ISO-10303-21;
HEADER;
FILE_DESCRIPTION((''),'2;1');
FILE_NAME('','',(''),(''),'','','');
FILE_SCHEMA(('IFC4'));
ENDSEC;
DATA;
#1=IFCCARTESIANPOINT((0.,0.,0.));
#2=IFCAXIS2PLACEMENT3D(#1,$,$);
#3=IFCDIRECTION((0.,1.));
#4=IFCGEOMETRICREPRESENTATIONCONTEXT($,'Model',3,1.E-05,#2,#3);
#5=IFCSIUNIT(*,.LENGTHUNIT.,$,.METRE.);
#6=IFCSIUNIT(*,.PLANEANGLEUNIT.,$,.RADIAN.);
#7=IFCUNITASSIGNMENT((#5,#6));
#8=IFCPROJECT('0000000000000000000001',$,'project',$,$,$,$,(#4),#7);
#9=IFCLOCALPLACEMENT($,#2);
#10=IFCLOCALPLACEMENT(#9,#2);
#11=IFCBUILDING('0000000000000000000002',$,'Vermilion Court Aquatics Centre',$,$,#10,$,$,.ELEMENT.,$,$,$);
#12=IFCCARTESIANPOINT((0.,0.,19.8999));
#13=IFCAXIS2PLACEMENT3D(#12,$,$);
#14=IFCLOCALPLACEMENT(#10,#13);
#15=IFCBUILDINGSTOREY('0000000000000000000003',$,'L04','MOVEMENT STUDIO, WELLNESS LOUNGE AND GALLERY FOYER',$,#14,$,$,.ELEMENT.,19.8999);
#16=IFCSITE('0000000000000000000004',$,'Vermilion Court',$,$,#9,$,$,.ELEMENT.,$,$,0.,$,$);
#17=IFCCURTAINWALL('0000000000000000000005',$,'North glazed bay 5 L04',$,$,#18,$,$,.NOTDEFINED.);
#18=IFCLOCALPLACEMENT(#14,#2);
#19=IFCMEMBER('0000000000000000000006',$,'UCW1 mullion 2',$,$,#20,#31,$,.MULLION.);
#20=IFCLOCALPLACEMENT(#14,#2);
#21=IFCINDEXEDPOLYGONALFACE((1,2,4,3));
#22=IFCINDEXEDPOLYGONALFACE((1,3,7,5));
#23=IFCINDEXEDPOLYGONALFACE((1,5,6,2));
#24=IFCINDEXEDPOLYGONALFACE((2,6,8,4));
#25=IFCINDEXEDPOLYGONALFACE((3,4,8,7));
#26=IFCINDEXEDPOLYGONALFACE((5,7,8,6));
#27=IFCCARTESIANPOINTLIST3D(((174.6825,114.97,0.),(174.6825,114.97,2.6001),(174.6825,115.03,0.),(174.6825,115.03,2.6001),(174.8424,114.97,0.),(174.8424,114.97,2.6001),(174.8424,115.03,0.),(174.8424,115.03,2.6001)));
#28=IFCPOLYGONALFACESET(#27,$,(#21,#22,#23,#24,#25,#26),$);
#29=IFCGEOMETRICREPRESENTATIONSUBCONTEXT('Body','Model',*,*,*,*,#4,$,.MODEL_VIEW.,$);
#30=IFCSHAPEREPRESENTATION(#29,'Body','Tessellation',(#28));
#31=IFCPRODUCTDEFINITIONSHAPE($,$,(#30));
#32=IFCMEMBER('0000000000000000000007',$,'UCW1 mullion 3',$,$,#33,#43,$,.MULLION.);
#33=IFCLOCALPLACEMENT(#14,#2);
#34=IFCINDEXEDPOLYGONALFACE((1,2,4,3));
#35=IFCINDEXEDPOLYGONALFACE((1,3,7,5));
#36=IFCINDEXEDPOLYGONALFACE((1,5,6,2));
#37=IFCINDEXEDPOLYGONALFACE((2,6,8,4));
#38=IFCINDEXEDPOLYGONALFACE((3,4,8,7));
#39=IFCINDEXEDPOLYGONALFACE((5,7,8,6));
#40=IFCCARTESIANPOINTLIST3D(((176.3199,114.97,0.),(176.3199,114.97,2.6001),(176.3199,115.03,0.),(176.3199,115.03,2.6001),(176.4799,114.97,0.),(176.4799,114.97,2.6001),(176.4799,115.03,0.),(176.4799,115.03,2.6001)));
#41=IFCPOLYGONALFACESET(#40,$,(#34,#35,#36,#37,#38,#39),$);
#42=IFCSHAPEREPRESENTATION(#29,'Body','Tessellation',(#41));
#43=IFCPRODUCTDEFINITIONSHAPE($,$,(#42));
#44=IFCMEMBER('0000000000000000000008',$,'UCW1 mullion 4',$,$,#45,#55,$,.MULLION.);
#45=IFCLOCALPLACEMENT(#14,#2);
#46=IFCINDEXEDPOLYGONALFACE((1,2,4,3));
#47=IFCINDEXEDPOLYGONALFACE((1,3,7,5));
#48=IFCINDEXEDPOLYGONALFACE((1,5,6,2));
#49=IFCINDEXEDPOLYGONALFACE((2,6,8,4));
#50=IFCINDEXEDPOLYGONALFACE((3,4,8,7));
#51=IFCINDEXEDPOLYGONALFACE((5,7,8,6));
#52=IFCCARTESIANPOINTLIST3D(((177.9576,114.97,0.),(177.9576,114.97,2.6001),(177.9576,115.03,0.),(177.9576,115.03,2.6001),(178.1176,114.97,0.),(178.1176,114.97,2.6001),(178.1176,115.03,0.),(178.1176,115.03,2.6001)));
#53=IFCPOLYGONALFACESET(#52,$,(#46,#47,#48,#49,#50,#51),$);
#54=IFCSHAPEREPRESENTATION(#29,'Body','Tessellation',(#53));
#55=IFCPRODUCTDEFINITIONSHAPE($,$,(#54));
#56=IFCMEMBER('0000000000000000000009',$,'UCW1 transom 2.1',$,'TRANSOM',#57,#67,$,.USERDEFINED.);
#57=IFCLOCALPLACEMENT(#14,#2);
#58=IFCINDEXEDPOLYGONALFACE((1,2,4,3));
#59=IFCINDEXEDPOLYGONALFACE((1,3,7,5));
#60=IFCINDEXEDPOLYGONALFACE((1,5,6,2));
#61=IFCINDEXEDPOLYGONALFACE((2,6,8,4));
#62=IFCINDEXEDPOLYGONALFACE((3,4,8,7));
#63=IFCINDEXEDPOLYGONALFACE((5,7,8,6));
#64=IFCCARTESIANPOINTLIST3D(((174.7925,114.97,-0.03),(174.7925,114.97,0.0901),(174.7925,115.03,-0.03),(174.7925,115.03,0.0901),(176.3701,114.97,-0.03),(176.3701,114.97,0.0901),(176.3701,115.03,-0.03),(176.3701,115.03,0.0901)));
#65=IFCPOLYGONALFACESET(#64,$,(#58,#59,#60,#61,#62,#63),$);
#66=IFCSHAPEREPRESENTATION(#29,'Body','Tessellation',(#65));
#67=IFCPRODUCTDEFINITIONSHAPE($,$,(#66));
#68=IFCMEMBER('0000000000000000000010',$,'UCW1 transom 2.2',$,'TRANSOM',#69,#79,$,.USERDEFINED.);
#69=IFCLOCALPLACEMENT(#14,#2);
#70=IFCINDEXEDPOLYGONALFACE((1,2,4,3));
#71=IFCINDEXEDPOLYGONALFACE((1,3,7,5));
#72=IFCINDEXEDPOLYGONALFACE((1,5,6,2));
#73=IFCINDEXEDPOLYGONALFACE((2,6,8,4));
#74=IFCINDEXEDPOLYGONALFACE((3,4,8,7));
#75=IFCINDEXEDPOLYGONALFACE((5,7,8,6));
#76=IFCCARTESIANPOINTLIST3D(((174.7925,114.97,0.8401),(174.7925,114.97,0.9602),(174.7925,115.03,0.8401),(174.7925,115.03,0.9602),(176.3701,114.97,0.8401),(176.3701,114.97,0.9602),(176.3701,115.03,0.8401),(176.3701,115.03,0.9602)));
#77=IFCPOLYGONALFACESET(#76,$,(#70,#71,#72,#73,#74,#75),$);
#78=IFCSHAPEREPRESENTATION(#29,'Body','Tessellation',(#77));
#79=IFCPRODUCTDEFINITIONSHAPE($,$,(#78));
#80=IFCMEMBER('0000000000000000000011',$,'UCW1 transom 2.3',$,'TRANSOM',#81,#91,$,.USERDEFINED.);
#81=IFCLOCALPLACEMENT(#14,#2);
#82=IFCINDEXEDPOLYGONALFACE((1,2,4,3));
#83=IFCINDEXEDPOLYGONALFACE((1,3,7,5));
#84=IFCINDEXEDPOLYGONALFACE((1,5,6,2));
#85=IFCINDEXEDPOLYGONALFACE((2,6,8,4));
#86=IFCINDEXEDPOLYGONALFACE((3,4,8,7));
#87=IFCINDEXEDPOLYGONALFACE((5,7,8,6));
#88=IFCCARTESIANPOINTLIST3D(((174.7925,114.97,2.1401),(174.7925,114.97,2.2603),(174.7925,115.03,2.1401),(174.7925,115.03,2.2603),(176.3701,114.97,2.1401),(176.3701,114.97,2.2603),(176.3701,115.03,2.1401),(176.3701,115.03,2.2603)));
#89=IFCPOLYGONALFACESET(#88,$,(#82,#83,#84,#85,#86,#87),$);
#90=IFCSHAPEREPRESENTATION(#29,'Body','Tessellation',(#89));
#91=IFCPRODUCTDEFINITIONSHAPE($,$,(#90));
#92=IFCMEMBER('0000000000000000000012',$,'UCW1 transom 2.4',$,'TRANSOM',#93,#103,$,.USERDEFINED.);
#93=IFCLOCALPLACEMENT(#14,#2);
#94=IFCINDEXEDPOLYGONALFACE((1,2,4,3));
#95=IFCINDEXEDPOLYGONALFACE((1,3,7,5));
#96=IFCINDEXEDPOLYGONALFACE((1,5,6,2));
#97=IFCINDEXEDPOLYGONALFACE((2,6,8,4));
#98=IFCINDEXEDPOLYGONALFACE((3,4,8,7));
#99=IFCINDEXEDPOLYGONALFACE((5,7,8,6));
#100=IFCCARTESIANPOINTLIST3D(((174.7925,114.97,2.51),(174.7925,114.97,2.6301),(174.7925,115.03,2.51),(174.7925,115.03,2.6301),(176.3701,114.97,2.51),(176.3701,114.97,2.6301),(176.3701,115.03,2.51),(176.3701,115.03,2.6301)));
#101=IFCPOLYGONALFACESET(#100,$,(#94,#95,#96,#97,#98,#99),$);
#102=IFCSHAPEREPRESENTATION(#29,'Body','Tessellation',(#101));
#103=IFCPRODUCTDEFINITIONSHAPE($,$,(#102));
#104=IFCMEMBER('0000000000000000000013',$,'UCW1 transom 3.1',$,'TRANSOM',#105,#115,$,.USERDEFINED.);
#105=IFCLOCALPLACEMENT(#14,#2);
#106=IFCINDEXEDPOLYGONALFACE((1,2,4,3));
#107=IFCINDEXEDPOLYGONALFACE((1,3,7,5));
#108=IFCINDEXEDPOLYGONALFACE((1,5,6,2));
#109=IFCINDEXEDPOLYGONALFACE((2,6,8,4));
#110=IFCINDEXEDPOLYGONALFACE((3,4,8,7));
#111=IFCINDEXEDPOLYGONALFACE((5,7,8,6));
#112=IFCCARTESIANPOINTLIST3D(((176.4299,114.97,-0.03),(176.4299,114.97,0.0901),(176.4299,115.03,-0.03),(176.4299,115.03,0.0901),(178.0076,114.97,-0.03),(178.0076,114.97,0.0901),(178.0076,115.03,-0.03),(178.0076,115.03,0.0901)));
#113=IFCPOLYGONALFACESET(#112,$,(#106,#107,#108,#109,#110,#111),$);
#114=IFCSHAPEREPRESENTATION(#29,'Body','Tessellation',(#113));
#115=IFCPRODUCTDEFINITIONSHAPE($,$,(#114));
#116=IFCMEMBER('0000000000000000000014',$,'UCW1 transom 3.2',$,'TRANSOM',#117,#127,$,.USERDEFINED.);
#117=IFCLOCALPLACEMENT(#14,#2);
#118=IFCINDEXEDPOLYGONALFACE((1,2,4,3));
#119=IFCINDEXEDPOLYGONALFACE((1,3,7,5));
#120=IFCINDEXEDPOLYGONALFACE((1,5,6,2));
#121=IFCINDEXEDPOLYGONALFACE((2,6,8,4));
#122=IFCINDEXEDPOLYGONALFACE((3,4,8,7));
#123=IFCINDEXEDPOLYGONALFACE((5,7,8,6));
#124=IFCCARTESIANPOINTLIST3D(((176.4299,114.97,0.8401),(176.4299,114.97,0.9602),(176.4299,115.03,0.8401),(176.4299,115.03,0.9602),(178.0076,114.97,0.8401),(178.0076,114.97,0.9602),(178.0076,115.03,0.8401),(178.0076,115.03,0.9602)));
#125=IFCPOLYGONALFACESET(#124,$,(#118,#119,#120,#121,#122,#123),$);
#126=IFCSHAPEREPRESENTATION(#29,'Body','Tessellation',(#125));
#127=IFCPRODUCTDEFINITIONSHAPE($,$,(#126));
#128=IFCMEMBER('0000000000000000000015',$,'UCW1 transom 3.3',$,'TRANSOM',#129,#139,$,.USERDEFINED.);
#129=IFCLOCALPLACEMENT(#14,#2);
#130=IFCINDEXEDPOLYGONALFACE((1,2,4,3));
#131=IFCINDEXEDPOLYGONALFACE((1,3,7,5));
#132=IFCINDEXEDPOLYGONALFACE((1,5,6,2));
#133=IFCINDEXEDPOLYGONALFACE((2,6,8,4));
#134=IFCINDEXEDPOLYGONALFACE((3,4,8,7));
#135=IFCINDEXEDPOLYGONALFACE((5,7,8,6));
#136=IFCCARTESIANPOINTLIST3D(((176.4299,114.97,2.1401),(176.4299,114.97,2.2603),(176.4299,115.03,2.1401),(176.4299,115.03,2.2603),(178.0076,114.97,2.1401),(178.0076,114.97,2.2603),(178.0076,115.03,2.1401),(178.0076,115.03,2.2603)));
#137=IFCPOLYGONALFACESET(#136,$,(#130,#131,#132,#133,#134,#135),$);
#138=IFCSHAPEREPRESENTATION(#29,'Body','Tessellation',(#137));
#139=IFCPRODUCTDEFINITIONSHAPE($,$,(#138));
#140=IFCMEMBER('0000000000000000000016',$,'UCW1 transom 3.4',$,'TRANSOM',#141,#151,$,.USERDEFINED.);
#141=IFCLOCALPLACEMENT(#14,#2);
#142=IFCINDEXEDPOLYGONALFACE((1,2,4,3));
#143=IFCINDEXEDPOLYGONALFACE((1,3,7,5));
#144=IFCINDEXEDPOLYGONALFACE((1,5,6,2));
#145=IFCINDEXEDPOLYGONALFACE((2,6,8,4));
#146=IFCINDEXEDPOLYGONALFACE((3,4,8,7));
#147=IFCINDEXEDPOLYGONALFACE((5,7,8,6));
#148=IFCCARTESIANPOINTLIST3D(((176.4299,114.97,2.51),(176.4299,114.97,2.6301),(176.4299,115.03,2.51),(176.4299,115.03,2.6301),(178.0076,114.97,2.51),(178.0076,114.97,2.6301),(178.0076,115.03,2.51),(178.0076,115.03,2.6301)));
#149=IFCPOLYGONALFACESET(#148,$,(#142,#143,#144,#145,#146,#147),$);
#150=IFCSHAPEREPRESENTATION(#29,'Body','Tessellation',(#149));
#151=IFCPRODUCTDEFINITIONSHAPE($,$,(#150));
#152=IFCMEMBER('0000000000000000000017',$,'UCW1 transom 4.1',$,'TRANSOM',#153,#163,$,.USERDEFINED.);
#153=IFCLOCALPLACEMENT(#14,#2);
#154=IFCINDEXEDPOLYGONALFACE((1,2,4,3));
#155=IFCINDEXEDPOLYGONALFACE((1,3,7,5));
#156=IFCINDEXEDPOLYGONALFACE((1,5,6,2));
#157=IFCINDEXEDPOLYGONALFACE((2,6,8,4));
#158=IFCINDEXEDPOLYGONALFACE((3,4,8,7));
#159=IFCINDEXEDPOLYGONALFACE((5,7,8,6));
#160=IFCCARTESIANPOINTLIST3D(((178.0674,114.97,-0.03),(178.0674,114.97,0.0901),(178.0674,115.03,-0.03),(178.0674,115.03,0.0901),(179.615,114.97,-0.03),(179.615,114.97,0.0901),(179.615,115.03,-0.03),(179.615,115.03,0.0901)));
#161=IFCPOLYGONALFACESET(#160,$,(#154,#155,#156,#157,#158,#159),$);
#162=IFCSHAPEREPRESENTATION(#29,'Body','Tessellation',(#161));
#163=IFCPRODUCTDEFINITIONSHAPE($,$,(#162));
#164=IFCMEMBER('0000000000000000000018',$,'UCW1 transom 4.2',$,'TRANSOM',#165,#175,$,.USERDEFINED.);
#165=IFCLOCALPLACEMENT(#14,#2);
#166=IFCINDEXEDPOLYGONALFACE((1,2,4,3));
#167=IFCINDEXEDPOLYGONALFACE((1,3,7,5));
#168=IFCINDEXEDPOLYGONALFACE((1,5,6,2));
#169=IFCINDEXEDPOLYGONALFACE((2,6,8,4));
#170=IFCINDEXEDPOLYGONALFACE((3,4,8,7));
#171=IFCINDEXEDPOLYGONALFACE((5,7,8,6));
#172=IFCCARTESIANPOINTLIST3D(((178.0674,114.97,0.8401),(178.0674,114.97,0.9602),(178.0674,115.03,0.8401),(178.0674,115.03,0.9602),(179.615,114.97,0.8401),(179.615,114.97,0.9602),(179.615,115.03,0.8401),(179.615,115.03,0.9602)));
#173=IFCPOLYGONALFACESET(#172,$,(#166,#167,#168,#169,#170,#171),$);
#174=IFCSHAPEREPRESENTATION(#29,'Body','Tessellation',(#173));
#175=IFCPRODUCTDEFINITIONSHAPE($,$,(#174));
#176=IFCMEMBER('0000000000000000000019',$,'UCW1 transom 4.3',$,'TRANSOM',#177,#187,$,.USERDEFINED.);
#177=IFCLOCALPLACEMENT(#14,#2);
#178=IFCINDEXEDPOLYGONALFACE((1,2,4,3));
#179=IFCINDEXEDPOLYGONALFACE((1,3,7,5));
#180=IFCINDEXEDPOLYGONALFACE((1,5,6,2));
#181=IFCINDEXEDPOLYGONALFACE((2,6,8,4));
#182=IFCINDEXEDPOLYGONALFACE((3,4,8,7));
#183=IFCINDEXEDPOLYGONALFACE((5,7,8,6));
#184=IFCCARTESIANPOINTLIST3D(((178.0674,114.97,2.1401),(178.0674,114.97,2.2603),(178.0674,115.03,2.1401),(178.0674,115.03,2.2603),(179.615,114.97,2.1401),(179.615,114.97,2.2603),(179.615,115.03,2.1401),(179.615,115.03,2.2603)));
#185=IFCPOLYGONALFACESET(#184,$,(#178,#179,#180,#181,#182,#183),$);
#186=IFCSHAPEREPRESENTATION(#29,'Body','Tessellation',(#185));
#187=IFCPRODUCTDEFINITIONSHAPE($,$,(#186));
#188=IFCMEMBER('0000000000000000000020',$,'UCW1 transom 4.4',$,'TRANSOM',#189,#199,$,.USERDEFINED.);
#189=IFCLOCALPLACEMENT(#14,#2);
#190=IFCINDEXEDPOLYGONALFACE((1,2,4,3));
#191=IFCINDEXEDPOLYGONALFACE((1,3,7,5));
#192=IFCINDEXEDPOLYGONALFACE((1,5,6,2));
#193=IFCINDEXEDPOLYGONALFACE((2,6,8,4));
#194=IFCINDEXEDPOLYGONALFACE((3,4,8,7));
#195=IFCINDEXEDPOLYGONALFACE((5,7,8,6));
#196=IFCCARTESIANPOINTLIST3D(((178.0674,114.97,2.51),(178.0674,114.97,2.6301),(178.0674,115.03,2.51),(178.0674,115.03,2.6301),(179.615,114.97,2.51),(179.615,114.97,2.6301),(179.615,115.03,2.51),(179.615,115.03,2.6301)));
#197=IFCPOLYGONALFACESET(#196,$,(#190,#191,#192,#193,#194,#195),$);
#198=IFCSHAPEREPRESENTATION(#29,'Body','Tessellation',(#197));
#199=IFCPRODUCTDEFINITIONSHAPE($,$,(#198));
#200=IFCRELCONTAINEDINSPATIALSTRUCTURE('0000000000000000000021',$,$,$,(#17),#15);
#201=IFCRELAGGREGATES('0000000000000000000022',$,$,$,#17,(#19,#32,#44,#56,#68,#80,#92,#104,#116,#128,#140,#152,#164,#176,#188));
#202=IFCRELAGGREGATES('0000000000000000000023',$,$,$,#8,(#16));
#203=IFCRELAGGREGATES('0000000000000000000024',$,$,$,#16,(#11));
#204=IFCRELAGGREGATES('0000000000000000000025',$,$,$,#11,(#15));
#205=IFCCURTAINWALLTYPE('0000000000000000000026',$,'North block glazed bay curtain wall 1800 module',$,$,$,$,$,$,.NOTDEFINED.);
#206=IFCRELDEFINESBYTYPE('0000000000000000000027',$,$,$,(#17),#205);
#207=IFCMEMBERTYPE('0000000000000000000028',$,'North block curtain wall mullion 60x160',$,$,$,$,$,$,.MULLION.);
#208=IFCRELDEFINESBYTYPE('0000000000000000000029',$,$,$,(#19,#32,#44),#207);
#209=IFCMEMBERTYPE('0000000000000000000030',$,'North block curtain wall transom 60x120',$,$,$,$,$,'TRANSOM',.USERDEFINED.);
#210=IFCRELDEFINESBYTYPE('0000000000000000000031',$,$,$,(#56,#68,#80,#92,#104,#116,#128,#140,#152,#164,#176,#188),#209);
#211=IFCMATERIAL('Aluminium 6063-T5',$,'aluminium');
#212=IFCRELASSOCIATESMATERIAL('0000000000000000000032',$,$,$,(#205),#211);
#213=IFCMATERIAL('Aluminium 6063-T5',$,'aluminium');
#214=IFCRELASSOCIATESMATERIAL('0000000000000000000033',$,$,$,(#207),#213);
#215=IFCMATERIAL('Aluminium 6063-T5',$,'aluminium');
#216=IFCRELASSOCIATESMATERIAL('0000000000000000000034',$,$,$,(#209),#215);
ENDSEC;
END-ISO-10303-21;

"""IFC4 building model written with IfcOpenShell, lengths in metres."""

from ifc_helpers import new_model, si_unit, direction, frame, origin, origin_2d, place, context, subcontext, project, spatial, rectangle, extrude, material, material_profile, profile_set, type_object, element, aggregate, save


model = new_model("IFC4")

# Units and contexts
model_context = context("Model", 3, precision=1e-05, world=origin(), true_north=direction((0.0, 1.0)))
body_context = subcontext(model_context, "Body", "Model", "MODEL_VIEW")
ifc_project = project(units=[si_unit("LENGTHUNIT", "METRE"), si_unit("PLANEANGLEUNIT", "RADIAN")], contexts=[model_context])

# Site, building, storey
site_placement = place(None, origin())
site = spatial("IfcSite", under=ifc_project, at=site_placement, Name="Vermilion Court", CompositionType="ELEMENT", RefElevation=0.0)
building_placement = place(site_placement, origin())
building = spatial("IfcBuilding", under=site, at=building_placement, Name="Vermilion Court Aquatics Centre", CompositionType="ELEMENT")
storey_placement = place(building_placement, frame((0.0, 0.0, 19.8999)))
storey = spatial("IfcBuildingStorey", under=building, at=storey_placement, Name="L04", Description="MOVEMENT STUDIO, WELLNESS LOUNGE AND GALLERY FOYER", CompositionType="ELEMENT", Elevation=19.8999)

# Curtain wall, members
ifc_material_1 = material(Name="Aluminium 6063-T5", Category="aluminium")
curtain_wall_type = type_object("IfcCurtainWallType", Name="North block glazed bay curtain wall 1800 module", PredefinedType="NOTDEFINED", material=ifc_material_1)
curtain_wall_placement = place(storey_placement, origin())
curtain_wall = element("IfcCurtainWall", 1, at=curtain_wall_placement, inside=storey, type_object=curtain_wall_type, Name="North glazed bay 5 L04", PredefinedType="NOTDEFINED")
ifc_material_2 = material(Name="Aluminium 6063-T5", Category="aluminium")
ifc_material_profile_1 = material_profile(ifc_material_2, rectangle(XDim=0.0601, YDim=0.1599, at=origin_2d()), Name="AL 60x160")
ifc_profile_set_1 = profile_set([ifc_material_profile_1], Name="Aluminium 6063-T5")
member_type_1 = type_object("IfcMemberType", Name="North block curtain wall mullion 60x160", PredefinedType="MULLION", material=ifc_profile_set_1)
member_1_placement = place(storey_placement, frame((174.7625, 115.0, 0.0), z_axis=(0.0, 0.0, 1.0), x_axis=(0.0, 1.0, 0.0)))
member_1 = element("IfcMember", 2, at=member_1_placement, type_object=member_type_1, Name="UCW1 mullion 2", PredefinedType="MULLION", context=body_context, shape_type="SweptSolid", body=[
    extrude(rectangle(XDim=0.0601, YDim=0.1599, at=origin_2d()), origin(), (0.0, 0.0, 1.0), 2.6001),
])
member_2_placement = place(storey_placement, frame((176.3999, 115.0, 0.0), z_axis=(0.0, 0.0, 1.0), x_axis=(0.0, 1.0, 0.0)))
member_2 = element("IfcMember", 3, at=member_2_placement, type_object=member_type_1, Name="UCW1 mullion 3", PredefinedType="MULLION", context=body_context, shape_type="SweptSolid", body=[
    extrude(rectangle(XDim=0.0601, YDim=0.1599, at=origin_2d()), origin(), (0.0, 0.0, 1.0), 2.6001),
])
member_3_placement = place(storey_placement, frame((178.0376, 115.0, 0.0), z_axis=(0.0, 0.0, 1.0), x_axis=(0.0, 1.0, 0.0)))
member_3 = element("IfcMember", 4, at=member_3_placement, type_object=member_type_1, Name="UCW1 mullion 4", PredefinedType="MULLION", context=body_context, shape_type="SweptSolid", body=[
    extrude(rectangle(XDim=0.0601, YDim=0.1599, at=origin_2d()), origin(), (0.0, 0.0, 1.0), 2.6001),
])
ifc_material_3 = material(Name="Aluminium 6063-T5", Category="aluminium")
ifc_material_profile_2 = material_profile(ifc_material_3, rectangle(XDim=0.0601, YDim=0.1201, at=origin_2d()), Name="AL 60x120")
ifc_profile_set_2 = profile_set([ifc_material_profile_2], Name="Aluminium 6063-T5")
member_type_2 = type_object("IfcMemberType", Name="North block curtain wall transom 60x120", ElementType="TRANSOM", PredefinedType="USERDEFINED", material=ifc_profile_set_2)
member_4_placement = place(storey_placement, frame((174.7925, 115.0, 0.03), z_axis=(1.0, 0.0, 0.0), x_axis=(0.0, 1.0, 0.0)))
member_4 = element("IfcMember", 5, at=member_4_placement, type_object=member_type_2, Name="UCW1 transom 2.1", ObjectType="TRANSOM", PredefinedType="USERDEFINED", context=body_context, shape_type="SweptSolid", body=[
    extrude(rectangle(XDim=0.0601, YDim=0.1201, at=origin_2d()), origin(), (0.0, 0.0, 1.0), 1.5776),
])
member_5_placement = place(storey_placement, frame((174.7925, 115.0, 0.9001), z_axis=(1.0, 0.0, 0.0), x_axis=(0.0, 1.0, 0.0)))
member_5 = element("IfcMember", 6, at=member_5_placement, type_object=member_type_2, Name="UCW1 transom 2.2", ObjectType="TRANSOM", PredefinedType="USERDEFINED", context=body_context, shape_type="SweptSolid", body=[
    extrude(rectangle(XDim=0.0601, YDim=0.1201, at=origin_2d()), origin(), (0.0, 0.0, 1.0), 1.5776),
])
member_6_placement = place(storey_placement, frame((174.7925, 115.0, 2.2002), z_axis=(1.0, 0.0, 0.0), x_axis=(0.0, 1.0, 0.0)))
member_6 = element("IfcMember", 7, at=member_6_placement, type_object=member_type_2, Name="UCW1 transom 2.3", ObjectType="TRANSOM", PredefinedType="USERDEFINED", context=body_context, shape_type="SweptSolid", body=[
    extrude(rectangle(XDim=0.0601, YDim=0.1201, at=origin_2d()), origin(), (0.0, 0.0, 1.0), 1.5776),
])
member_7_placement = place(storey_placement, frame((174.7925, 115.0, 2.5701), z_axis=(1.0, 0.0, 0.0), x_axis=(0.0, 1.0, 0.0)))
member_7 = element("IfcMember", 8, at=member_7_placement, type_object=member_type_2, Name="UCW1 transom 2.4", ObjectType="TRANSOM", PredefinedType="USERDEFINED", context=body_context, shape_type="SweptSolid", body=[
    extrude(rectangle(XDim=0.0601, YDim=0.1201, at=origin_2d()), origin(), (0.0, 0.0, 1.0), 1.5776),
])
member_8_placement = place(storey_placement, frame((176.4299, 115.0, 0.03), z_axis=(1.0, 0.0, 0.0), x_axis=(0.0, 1.0, 0.0)))
member_8 = element("IfcMember", 9, at=member_8_placement, type_object=member_type_2, Name="UCW1 transom 3.1", ObjectType="TRANSOM", PredefinedType="USERDEFINED", context=body_context, shape_type="SweptSolid", body=[
    extrude(rectangle(XDim=0.0601, YDim=0.1201, at=origin_2d()), origin(), (0.0, 0.0, 1.0), 1.5776),
])
member_9_placement = place(storey_placement, frame((176.4299, 115.0, 0.9001), z_axis=(1.0, 0.0, 0.0), x_axis=(0.0, 1.0, 0.0)))
member_9 = element("IfcMember", 10, at=member_9_placement, type_object=member_type_2, Name="UCW1 transom 3.2", ObjectType="TRANSOM", PredefinedType="USERDEFINED", context=body_context, shape_type="SweptSolid", body=[
    extrude(rectangle(XDim=0.0601, YDim=0.1201, at=origin_2d()), origin(), (0.0, 0.0, 1.0), 1.5776),
])
member_10_placement = place(storey_placement, frame((176.4299, 115.0, 2.2002), z_axis=(1.0, 0.0, 0.0), x_axis=(0.0, 1.0, 0.0)))
member_10 = element("IfcMember", 11, at=member_10_placement, type_object=member_type_2, Name="UCW1 transom 3.3", ObjectType="TRANSOM", PredefinedType="USERDEFINED", context=body_context, shape_type="SweptSolid", body=[
    extrude(rectangle(XDim=0.0601, YDim=0.1201, at=origin_2d()), origin(), (0.0, 0.0, 1.0), 1.5776),
])
member_11_placement = place(storey_placement, frame((176.4299, 115.0, 2.5701), z_axis=(1.0, 0.0, 0.0), x_axis=(0.0, 1.0, 0.0)))
member_11 = element("IfcMember", 12, at=member_11_placement, type_object=member_type_2, Name="UCW1 transom 3.4", ObjectType="TRANSOM", PredefinedType="USERDEFINED", context=body_context, shape_type="SweptSolid", body=[
    extrude(rectangle(XDim=0.0601, YDim=0.1201, at=origin_2d()), origin(), (0.0, 0.0, 1.0), 1.5776),
])
member_12_placement = place(storey_placement, frame((178.0674, 115.0, 0.03), z_axis=(1.0, 0.0, 0.0), x_axis=(0.0, 1.0, 0.0)))
member_12 = element("IfcMember", 13, at=member_12_placement, type_object=member_type_2, Name="UCW1 transom 4.1", ObjectType="TRANSOM", PredefinedType="USERDEFINED", context=body_context, shape_type="SweptSolid", body=[
    extrude(rectangle(XDim=0.0601, YDim=0.1201, at=origin_2d()), origin(), (0.0, 0.0, 1.0), 1.5476),
])
member_13_placement = place(storey_placement, frame((178.0674, 115.0, 0.9001), z_axis=(1.0, 0.0, 0.0), x_axis=(0.0, 1.0, 0.0)))
member_13 = element("IfcMember", 14, at=member_13_placement, type_object=member_type_2, Name="UCW1 transom 4.2", ObjectType="TRANSOM", PredefinedType="USERDEFINED", context=body_context, shape_type="SweptSolid", body=[
    extrude(rectangle(XDim=0.0601, YDim=0.1201, at=origin_2d()), origin(), (0.0, 0.0, 1.0), 1.5476),
])
member_14_placement = place(storey_placement, frame((178.0674, 115.0, 2.2002), z_axis=(1.0, 0.0, 0.0), x_axis=(0.0, 1.0, 0.0)))
member_14 = element("IfcMember", 15, at=member_14_placement, type_object=member_type_2, Name="UCW1 transom 4.3", ObjectType="TRANSOM", PredefinedType="USERDEFINED", context=body_context, shape_type="SweptSolid", body=[
    extrude(rectangle(XDim=0.0601, YDim=0.1201, at=origin_2d()), origin(), (0.0, 0.0, 1.0), 1.5476),
])
member_15_placement = place(storey_placement, frame((178.0674, 115.0, 2.5701), z_axis=(1.0, 0.0, 0.0), x_axis=(0.0, 1.0, 0.0)))
member_15 = element("IfcMember", 16, at=member_15_placement, type_object=member_type_2, Name="UCW1 transom 4.4", ObjectType="TRANSOM", PredefinedType="USERDEFINED", context=body_context, shape_type="SweptSolid", body=[
    extrude(rectangle(XDim=0.0601, YDim=0.1201, at=origin_2d()), origin(), (0.0, 0.0, 1.0), 1.5476),
])
aggregate(curtain_wall, [member_1, member_2, member_3, member_4, member_5, member_6, member_7, member_8, member_9, member_10, member_11, member_12, member_13, member_14, member_15])

save(model, "model.ifc")
